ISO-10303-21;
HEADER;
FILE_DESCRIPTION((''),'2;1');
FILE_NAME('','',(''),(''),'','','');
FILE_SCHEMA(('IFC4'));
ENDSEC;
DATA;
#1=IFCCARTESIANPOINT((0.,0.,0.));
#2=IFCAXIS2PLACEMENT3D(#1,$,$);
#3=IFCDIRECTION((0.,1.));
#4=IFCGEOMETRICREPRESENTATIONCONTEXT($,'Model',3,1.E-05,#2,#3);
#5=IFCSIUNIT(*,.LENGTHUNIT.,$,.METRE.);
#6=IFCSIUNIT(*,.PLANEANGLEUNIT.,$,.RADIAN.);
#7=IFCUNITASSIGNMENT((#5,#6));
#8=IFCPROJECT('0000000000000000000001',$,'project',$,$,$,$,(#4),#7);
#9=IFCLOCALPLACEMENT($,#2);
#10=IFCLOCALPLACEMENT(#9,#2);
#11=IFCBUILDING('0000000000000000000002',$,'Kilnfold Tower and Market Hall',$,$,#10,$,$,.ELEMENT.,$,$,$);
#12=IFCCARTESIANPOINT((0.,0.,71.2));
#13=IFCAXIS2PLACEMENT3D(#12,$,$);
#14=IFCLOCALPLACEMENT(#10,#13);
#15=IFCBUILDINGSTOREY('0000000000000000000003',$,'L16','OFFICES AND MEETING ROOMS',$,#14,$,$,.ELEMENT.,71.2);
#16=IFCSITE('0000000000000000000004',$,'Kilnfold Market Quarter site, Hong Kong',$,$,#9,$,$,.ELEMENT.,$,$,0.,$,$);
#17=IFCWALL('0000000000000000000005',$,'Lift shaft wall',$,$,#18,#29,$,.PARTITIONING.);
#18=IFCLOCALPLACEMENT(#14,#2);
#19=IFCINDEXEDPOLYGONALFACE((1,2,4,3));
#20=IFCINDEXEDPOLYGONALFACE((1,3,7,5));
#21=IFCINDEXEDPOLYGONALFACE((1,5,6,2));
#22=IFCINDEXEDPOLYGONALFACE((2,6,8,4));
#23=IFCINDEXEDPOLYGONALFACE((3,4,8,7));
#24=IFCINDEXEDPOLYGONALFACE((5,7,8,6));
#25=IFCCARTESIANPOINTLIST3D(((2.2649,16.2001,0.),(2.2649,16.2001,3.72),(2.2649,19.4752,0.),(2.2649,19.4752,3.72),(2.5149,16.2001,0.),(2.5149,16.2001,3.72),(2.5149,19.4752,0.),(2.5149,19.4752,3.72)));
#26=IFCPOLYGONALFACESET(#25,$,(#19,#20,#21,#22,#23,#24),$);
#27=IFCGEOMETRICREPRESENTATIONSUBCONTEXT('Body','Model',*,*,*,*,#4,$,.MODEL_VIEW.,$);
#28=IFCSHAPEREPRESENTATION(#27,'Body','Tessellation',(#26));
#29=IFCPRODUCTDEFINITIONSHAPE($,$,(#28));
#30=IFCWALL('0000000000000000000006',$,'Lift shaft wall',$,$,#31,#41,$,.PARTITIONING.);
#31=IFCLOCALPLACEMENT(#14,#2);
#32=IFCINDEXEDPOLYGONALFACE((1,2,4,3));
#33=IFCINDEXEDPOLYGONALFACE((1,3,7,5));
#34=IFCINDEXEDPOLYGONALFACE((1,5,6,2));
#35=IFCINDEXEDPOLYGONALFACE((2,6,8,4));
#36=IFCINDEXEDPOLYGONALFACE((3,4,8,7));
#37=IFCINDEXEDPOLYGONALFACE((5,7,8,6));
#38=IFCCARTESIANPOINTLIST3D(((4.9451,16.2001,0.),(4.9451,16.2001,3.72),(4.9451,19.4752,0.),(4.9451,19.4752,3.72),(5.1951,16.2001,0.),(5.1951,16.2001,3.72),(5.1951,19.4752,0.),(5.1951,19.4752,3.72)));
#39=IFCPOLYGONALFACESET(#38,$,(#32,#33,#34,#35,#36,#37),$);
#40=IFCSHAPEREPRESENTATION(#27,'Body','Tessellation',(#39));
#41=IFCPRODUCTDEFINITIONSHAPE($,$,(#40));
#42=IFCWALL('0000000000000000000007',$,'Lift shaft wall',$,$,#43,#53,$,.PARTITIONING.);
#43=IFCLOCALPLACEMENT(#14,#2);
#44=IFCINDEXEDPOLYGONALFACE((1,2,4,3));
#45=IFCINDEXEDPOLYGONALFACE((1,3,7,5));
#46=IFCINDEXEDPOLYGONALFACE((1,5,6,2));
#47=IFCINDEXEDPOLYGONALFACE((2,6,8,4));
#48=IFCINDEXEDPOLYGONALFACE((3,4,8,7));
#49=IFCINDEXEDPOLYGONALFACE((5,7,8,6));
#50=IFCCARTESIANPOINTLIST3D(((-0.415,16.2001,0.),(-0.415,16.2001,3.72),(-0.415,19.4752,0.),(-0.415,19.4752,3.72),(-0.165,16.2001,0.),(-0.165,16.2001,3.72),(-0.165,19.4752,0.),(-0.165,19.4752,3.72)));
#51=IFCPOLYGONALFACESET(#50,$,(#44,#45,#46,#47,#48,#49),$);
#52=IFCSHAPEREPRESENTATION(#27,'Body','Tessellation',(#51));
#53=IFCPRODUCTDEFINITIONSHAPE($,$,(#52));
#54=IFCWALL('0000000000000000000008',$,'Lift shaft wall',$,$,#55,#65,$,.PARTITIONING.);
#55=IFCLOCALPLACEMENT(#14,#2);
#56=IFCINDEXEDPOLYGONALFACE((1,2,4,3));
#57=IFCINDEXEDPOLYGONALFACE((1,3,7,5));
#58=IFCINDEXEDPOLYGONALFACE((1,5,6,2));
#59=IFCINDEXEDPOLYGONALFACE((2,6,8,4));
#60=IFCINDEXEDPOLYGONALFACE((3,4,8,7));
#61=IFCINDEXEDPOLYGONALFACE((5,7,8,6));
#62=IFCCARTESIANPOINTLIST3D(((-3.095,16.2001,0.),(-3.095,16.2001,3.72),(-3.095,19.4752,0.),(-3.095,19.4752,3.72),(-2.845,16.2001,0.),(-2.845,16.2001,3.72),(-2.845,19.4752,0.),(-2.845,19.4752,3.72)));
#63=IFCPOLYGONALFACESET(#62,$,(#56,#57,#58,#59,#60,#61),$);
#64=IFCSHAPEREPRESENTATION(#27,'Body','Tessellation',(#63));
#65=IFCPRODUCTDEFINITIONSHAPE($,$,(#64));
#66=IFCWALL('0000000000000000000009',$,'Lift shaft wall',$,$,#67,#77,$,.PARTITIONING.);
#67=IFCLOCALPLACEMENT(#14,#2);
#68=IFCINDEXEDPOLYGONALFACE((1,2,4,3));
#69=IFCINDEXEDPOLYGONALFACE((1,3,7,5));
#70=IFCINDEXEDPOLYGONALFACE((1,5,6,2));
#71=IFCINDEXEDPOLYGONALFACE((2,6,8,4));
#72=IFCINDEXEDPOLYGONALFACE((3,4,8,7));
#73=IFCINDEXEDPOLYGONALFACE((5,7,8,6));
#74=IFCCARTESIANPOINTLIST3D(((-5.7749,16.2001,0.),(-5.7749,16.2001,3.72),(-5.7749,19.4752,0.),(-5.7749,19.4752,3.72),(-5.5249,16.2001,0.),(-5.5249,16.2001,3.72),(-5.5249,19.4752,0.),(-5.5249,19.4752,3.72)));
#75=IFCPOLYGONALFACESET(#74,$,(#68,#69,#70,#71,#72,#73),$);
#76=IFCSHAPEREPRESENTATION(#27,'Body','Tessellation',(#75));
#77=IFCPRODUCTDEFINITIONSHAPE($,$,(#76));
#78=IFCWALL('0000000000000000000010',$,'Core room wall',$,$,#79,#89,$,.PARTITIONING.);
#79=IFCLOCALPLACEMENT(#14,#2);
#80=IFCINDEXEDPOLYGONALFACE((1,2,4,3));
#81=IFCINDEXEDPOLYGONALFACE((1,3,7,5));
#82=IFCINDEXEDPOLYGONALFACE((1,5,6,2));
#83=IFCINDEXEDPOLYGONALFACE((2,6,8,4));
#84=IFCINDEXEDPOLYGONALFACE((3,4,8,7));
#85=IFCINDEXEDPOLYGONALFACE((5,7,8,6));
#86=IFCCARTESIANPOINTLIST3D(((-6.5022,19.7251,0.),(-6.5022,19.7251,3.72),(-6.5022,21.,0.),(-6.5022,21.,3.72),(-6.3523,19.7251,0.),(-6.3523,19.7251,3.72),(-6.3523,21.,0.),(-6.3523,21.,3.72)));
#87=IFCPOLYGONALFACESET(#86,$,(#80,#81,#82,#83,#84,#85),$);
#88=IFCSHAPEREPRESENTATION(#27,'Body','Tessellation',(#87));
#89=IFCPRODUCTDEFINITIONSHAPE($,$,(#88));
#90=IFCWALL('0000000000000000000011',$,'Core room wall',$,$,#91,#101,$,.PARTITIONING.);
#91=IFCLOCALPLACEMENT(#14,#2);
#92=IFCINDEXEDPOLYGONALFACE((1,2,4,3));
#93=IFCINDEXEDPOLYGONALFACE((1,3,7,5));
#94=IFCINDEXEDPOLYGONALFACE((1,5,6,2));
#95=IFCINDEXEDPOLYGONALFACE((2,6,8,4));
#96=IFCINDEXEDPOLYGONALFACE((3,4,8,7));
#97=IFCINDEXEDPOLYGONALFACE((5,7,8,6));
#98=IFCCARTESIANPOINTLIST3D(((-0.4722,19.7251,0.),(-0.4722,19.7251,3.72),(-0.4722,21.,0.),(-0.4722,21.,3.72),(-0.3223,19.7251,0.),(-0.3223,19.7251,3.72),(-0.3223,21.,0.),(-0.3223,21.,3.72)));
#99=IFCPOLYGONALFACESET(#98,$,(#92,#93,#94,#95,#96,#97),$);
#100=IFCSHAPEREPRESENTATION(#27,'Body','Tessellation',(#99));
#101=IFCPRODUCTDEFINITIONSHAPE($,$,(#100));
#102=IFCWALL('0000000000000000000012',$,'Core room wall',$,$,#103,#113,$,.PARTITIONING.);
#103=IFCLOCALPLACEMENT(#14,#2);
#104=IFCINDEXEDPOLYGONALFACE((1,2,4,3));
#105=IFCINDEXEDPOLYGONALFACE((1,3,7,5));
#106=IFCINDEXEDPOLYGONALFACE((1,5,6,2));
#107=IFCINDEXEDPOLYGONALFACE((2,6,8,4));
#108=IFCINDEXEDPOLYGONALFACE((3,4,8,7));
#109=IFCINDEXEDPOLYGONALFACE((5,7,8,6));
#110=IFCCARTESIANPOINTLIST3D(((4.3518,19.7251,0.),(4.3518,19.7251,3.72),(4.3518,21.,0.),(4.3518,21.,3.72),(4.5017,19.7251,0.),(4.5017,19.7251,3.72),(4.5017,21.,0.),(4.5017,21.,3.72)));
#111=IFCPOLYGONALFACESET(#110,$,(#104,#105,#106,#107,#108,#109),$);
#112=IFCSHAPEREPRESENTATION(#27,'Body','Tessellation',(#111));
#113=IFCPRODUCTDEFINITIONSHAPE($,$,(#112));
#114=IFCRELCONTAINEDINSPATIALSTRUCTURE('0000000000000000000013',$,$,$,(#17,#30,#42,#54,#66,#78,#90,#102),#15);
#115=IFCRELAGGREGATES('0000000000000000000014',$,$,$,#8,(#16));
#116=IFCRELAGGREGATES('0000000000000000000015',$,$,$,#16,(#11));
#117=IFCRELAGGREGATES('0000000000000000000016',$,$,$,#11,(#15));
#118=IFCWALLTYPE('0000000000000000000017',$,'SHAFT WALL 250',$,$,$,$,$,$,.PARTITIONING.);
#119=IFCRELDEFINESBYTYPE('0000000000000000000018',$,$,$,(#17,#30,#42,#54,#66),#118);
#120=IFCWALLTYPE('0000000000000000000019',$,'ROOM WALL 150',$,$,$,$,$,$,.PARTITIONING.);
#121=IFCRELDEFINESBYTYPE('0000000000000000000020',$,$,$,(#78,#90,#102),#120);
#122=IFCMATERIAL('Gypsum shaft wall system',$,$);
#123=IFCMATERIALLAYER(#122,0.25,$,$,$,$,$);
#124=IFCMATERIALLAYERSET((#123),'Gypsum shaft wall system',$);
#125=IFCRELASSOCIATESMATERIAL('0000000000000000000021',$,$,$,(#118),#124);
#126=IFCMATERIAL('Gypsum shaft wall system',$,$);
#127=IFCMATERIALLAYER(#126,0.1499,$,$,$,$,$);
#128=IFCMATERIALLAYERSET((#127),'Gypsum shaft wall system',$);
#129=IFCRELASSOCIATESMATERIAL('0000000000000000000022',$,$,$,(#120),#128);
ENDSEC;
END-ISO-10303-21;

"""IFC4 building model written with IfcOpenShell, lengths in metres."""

from ifc_helpers import new_model, si_unit, direction, frame, frame_2d, origin, place, context, subcontext, project, spatial, rectangle, extrude, source, transform, mapped, material, layer, layer_set, type_object, element, save


model = new_model("IFC4")

# Units and contexts
model_context = context("Model", 3, precision=1e-05, world=origin(), true_north=direction((0.0, 1.0)))
body_context = subcontext(model_context, "Body", "Model", "MODEL_VIEW")
ifc_project = project(units=[si_unit("LENGTHUNIT", "METRE"), si_unit("PLANEANGLEUNIT", "RADIAN")], contexts=[model_context])

# Site, building, storey
site_placement = place(None, origin())
site = spatial("IfcSite", under=ifc_project, at=site_placement, Name="Kilnfold Market Quarter site, Hong Kong", CompositionType="ELEMENT", RefElevation=0.0)
building_placement = place(site_placement, origin())
building = spatial("IfcBuilding", under=site, at=building_placement, Name="Kilnfold Tower and Market Hall", CompositionType="ELEMENT")
storey_placement = place(building_placement, frame((0.0, 0.0, 71.2)))
storey = spatial("IfcBuildingStorey", under=building, at=storey_placement, Name="L16", Description="OFFICES AND MEETING ROOMS", CompositionType="ELEMENT", Elevation=71.2)

# Walls
ifc_material_1 = material(Name="Gypsum shaft wall system")
ifc_layer_1 = layer(ifc_material_1, 0.25)
ifc_layer_set_1 = layer_set([ifc_layer_1], Name="Gypsum shaft wall system")
wall_type_1 = type_object("IfcWallType", Name="SHAFT WALL 250", PredefinedType="PARTITIONING", material=ifc_layer_set_1)
shared_shape_1 = source(origin(), body_context, "Body", "SweptSolid", [
    extrude(rectangle(XDim=3.2751, YDim=0.25, at=frame_2d((1.6377, 0.0))), origin(), (0.0, 0.0, 1.0), 3.72),
])
for number, where, z_axis, x_axis, name in (
    (1, (2.3899, 16.2, 0.0), (0.0, 0.0, 1.0), (0.0, 1.0, 0.0), "Lift shaft wall"),
    (2, (5.0701, 16.2, 0.0), (0.0, 0.0, 1.0), (0.0, 1.0, 0.0), "Lift shaft wall"),
    (3, (-0.29, 16.2, 0.0), (0.0, 0.0, 1.0), (0.0, 1.0, 0.0), "Lift shaft wall"),
    (4, (-2.97, 16.2, 0.0), (0.0, 0.0, 1.0), (0.0, 1.0, 0.0), "Lift shaft wall"),
    (5, (-5.6499, 16.2, 0.0), (0.0, 0.0, 1.0), (0.0, 1.0, 0.0), "Lift shaft wall"),
):
    element("IfcWall", number, at=place(storey_placement, frame(where, z_axis=z_axis, x_axis=x_axis)), inside=storey, type_object=wall_type_1, Name=name, PredefinedType="PARTITIONING", context=body_context, shape_type="MappedRepresentation", body=[
        mapped(shared_shape_1, transform((0.0, 0.0, 0.0))),
    ])
ifc_material_2 = material(Name="Gypsum shaft wall system")
ifc_layer_2 = layer(ifc_material_2, 0.1499)
ifc_layer_set_2 = layer_set([ifc_layer_2], Name="Gypsum shaft wall system")
wall_type_2 = type_object("IfcWallType", Name="ROOM WALL 150", PredefinedType="PARTITIONING", material=ifc_layer_set_2)
shared_shape_2 = source(origin(), body_context, "Body", "SweptSolid", [
    extrude(rectangle(XDim=1.2749, YDim=0.1499, at=frame_2d((0.6375, 0.0))), origin(), (0.0, 0.0, 1.0), 3.72),
])
for number, where, z_axis, x_axis, name in (
    (6, (-6.4272, 19.7251, 0.0), (0.0, 0.0, 1.0), (0.0, 1.0, 0.0), "Core room wall"),
    (7, (-0.3972, 19.7251, 0.0), (0.0, 0.0, 1.0), (0.0, 1.0, 0.0), "Core room wall"),
    (8, (4.4268, 19.7251, 0.0), (0.0, 0.0, 1.0), (0.0, 1.0, 0.0), "Core room wall"),
):
    element("IfcWall", number, at=place(storey_placement, frame(where, z_axis=z_axis, x_axis=x_axis)), inside=storey, type_object=wall_type_2, Name=name, PredefinedType="PARTITIONING", context=body_context, shape_type="MappedRepresentation", body=[
        mapped(shared_shape_2, transform((0.0, 0.0, 0.0))),
    ])

save(model, "model.ifc")
